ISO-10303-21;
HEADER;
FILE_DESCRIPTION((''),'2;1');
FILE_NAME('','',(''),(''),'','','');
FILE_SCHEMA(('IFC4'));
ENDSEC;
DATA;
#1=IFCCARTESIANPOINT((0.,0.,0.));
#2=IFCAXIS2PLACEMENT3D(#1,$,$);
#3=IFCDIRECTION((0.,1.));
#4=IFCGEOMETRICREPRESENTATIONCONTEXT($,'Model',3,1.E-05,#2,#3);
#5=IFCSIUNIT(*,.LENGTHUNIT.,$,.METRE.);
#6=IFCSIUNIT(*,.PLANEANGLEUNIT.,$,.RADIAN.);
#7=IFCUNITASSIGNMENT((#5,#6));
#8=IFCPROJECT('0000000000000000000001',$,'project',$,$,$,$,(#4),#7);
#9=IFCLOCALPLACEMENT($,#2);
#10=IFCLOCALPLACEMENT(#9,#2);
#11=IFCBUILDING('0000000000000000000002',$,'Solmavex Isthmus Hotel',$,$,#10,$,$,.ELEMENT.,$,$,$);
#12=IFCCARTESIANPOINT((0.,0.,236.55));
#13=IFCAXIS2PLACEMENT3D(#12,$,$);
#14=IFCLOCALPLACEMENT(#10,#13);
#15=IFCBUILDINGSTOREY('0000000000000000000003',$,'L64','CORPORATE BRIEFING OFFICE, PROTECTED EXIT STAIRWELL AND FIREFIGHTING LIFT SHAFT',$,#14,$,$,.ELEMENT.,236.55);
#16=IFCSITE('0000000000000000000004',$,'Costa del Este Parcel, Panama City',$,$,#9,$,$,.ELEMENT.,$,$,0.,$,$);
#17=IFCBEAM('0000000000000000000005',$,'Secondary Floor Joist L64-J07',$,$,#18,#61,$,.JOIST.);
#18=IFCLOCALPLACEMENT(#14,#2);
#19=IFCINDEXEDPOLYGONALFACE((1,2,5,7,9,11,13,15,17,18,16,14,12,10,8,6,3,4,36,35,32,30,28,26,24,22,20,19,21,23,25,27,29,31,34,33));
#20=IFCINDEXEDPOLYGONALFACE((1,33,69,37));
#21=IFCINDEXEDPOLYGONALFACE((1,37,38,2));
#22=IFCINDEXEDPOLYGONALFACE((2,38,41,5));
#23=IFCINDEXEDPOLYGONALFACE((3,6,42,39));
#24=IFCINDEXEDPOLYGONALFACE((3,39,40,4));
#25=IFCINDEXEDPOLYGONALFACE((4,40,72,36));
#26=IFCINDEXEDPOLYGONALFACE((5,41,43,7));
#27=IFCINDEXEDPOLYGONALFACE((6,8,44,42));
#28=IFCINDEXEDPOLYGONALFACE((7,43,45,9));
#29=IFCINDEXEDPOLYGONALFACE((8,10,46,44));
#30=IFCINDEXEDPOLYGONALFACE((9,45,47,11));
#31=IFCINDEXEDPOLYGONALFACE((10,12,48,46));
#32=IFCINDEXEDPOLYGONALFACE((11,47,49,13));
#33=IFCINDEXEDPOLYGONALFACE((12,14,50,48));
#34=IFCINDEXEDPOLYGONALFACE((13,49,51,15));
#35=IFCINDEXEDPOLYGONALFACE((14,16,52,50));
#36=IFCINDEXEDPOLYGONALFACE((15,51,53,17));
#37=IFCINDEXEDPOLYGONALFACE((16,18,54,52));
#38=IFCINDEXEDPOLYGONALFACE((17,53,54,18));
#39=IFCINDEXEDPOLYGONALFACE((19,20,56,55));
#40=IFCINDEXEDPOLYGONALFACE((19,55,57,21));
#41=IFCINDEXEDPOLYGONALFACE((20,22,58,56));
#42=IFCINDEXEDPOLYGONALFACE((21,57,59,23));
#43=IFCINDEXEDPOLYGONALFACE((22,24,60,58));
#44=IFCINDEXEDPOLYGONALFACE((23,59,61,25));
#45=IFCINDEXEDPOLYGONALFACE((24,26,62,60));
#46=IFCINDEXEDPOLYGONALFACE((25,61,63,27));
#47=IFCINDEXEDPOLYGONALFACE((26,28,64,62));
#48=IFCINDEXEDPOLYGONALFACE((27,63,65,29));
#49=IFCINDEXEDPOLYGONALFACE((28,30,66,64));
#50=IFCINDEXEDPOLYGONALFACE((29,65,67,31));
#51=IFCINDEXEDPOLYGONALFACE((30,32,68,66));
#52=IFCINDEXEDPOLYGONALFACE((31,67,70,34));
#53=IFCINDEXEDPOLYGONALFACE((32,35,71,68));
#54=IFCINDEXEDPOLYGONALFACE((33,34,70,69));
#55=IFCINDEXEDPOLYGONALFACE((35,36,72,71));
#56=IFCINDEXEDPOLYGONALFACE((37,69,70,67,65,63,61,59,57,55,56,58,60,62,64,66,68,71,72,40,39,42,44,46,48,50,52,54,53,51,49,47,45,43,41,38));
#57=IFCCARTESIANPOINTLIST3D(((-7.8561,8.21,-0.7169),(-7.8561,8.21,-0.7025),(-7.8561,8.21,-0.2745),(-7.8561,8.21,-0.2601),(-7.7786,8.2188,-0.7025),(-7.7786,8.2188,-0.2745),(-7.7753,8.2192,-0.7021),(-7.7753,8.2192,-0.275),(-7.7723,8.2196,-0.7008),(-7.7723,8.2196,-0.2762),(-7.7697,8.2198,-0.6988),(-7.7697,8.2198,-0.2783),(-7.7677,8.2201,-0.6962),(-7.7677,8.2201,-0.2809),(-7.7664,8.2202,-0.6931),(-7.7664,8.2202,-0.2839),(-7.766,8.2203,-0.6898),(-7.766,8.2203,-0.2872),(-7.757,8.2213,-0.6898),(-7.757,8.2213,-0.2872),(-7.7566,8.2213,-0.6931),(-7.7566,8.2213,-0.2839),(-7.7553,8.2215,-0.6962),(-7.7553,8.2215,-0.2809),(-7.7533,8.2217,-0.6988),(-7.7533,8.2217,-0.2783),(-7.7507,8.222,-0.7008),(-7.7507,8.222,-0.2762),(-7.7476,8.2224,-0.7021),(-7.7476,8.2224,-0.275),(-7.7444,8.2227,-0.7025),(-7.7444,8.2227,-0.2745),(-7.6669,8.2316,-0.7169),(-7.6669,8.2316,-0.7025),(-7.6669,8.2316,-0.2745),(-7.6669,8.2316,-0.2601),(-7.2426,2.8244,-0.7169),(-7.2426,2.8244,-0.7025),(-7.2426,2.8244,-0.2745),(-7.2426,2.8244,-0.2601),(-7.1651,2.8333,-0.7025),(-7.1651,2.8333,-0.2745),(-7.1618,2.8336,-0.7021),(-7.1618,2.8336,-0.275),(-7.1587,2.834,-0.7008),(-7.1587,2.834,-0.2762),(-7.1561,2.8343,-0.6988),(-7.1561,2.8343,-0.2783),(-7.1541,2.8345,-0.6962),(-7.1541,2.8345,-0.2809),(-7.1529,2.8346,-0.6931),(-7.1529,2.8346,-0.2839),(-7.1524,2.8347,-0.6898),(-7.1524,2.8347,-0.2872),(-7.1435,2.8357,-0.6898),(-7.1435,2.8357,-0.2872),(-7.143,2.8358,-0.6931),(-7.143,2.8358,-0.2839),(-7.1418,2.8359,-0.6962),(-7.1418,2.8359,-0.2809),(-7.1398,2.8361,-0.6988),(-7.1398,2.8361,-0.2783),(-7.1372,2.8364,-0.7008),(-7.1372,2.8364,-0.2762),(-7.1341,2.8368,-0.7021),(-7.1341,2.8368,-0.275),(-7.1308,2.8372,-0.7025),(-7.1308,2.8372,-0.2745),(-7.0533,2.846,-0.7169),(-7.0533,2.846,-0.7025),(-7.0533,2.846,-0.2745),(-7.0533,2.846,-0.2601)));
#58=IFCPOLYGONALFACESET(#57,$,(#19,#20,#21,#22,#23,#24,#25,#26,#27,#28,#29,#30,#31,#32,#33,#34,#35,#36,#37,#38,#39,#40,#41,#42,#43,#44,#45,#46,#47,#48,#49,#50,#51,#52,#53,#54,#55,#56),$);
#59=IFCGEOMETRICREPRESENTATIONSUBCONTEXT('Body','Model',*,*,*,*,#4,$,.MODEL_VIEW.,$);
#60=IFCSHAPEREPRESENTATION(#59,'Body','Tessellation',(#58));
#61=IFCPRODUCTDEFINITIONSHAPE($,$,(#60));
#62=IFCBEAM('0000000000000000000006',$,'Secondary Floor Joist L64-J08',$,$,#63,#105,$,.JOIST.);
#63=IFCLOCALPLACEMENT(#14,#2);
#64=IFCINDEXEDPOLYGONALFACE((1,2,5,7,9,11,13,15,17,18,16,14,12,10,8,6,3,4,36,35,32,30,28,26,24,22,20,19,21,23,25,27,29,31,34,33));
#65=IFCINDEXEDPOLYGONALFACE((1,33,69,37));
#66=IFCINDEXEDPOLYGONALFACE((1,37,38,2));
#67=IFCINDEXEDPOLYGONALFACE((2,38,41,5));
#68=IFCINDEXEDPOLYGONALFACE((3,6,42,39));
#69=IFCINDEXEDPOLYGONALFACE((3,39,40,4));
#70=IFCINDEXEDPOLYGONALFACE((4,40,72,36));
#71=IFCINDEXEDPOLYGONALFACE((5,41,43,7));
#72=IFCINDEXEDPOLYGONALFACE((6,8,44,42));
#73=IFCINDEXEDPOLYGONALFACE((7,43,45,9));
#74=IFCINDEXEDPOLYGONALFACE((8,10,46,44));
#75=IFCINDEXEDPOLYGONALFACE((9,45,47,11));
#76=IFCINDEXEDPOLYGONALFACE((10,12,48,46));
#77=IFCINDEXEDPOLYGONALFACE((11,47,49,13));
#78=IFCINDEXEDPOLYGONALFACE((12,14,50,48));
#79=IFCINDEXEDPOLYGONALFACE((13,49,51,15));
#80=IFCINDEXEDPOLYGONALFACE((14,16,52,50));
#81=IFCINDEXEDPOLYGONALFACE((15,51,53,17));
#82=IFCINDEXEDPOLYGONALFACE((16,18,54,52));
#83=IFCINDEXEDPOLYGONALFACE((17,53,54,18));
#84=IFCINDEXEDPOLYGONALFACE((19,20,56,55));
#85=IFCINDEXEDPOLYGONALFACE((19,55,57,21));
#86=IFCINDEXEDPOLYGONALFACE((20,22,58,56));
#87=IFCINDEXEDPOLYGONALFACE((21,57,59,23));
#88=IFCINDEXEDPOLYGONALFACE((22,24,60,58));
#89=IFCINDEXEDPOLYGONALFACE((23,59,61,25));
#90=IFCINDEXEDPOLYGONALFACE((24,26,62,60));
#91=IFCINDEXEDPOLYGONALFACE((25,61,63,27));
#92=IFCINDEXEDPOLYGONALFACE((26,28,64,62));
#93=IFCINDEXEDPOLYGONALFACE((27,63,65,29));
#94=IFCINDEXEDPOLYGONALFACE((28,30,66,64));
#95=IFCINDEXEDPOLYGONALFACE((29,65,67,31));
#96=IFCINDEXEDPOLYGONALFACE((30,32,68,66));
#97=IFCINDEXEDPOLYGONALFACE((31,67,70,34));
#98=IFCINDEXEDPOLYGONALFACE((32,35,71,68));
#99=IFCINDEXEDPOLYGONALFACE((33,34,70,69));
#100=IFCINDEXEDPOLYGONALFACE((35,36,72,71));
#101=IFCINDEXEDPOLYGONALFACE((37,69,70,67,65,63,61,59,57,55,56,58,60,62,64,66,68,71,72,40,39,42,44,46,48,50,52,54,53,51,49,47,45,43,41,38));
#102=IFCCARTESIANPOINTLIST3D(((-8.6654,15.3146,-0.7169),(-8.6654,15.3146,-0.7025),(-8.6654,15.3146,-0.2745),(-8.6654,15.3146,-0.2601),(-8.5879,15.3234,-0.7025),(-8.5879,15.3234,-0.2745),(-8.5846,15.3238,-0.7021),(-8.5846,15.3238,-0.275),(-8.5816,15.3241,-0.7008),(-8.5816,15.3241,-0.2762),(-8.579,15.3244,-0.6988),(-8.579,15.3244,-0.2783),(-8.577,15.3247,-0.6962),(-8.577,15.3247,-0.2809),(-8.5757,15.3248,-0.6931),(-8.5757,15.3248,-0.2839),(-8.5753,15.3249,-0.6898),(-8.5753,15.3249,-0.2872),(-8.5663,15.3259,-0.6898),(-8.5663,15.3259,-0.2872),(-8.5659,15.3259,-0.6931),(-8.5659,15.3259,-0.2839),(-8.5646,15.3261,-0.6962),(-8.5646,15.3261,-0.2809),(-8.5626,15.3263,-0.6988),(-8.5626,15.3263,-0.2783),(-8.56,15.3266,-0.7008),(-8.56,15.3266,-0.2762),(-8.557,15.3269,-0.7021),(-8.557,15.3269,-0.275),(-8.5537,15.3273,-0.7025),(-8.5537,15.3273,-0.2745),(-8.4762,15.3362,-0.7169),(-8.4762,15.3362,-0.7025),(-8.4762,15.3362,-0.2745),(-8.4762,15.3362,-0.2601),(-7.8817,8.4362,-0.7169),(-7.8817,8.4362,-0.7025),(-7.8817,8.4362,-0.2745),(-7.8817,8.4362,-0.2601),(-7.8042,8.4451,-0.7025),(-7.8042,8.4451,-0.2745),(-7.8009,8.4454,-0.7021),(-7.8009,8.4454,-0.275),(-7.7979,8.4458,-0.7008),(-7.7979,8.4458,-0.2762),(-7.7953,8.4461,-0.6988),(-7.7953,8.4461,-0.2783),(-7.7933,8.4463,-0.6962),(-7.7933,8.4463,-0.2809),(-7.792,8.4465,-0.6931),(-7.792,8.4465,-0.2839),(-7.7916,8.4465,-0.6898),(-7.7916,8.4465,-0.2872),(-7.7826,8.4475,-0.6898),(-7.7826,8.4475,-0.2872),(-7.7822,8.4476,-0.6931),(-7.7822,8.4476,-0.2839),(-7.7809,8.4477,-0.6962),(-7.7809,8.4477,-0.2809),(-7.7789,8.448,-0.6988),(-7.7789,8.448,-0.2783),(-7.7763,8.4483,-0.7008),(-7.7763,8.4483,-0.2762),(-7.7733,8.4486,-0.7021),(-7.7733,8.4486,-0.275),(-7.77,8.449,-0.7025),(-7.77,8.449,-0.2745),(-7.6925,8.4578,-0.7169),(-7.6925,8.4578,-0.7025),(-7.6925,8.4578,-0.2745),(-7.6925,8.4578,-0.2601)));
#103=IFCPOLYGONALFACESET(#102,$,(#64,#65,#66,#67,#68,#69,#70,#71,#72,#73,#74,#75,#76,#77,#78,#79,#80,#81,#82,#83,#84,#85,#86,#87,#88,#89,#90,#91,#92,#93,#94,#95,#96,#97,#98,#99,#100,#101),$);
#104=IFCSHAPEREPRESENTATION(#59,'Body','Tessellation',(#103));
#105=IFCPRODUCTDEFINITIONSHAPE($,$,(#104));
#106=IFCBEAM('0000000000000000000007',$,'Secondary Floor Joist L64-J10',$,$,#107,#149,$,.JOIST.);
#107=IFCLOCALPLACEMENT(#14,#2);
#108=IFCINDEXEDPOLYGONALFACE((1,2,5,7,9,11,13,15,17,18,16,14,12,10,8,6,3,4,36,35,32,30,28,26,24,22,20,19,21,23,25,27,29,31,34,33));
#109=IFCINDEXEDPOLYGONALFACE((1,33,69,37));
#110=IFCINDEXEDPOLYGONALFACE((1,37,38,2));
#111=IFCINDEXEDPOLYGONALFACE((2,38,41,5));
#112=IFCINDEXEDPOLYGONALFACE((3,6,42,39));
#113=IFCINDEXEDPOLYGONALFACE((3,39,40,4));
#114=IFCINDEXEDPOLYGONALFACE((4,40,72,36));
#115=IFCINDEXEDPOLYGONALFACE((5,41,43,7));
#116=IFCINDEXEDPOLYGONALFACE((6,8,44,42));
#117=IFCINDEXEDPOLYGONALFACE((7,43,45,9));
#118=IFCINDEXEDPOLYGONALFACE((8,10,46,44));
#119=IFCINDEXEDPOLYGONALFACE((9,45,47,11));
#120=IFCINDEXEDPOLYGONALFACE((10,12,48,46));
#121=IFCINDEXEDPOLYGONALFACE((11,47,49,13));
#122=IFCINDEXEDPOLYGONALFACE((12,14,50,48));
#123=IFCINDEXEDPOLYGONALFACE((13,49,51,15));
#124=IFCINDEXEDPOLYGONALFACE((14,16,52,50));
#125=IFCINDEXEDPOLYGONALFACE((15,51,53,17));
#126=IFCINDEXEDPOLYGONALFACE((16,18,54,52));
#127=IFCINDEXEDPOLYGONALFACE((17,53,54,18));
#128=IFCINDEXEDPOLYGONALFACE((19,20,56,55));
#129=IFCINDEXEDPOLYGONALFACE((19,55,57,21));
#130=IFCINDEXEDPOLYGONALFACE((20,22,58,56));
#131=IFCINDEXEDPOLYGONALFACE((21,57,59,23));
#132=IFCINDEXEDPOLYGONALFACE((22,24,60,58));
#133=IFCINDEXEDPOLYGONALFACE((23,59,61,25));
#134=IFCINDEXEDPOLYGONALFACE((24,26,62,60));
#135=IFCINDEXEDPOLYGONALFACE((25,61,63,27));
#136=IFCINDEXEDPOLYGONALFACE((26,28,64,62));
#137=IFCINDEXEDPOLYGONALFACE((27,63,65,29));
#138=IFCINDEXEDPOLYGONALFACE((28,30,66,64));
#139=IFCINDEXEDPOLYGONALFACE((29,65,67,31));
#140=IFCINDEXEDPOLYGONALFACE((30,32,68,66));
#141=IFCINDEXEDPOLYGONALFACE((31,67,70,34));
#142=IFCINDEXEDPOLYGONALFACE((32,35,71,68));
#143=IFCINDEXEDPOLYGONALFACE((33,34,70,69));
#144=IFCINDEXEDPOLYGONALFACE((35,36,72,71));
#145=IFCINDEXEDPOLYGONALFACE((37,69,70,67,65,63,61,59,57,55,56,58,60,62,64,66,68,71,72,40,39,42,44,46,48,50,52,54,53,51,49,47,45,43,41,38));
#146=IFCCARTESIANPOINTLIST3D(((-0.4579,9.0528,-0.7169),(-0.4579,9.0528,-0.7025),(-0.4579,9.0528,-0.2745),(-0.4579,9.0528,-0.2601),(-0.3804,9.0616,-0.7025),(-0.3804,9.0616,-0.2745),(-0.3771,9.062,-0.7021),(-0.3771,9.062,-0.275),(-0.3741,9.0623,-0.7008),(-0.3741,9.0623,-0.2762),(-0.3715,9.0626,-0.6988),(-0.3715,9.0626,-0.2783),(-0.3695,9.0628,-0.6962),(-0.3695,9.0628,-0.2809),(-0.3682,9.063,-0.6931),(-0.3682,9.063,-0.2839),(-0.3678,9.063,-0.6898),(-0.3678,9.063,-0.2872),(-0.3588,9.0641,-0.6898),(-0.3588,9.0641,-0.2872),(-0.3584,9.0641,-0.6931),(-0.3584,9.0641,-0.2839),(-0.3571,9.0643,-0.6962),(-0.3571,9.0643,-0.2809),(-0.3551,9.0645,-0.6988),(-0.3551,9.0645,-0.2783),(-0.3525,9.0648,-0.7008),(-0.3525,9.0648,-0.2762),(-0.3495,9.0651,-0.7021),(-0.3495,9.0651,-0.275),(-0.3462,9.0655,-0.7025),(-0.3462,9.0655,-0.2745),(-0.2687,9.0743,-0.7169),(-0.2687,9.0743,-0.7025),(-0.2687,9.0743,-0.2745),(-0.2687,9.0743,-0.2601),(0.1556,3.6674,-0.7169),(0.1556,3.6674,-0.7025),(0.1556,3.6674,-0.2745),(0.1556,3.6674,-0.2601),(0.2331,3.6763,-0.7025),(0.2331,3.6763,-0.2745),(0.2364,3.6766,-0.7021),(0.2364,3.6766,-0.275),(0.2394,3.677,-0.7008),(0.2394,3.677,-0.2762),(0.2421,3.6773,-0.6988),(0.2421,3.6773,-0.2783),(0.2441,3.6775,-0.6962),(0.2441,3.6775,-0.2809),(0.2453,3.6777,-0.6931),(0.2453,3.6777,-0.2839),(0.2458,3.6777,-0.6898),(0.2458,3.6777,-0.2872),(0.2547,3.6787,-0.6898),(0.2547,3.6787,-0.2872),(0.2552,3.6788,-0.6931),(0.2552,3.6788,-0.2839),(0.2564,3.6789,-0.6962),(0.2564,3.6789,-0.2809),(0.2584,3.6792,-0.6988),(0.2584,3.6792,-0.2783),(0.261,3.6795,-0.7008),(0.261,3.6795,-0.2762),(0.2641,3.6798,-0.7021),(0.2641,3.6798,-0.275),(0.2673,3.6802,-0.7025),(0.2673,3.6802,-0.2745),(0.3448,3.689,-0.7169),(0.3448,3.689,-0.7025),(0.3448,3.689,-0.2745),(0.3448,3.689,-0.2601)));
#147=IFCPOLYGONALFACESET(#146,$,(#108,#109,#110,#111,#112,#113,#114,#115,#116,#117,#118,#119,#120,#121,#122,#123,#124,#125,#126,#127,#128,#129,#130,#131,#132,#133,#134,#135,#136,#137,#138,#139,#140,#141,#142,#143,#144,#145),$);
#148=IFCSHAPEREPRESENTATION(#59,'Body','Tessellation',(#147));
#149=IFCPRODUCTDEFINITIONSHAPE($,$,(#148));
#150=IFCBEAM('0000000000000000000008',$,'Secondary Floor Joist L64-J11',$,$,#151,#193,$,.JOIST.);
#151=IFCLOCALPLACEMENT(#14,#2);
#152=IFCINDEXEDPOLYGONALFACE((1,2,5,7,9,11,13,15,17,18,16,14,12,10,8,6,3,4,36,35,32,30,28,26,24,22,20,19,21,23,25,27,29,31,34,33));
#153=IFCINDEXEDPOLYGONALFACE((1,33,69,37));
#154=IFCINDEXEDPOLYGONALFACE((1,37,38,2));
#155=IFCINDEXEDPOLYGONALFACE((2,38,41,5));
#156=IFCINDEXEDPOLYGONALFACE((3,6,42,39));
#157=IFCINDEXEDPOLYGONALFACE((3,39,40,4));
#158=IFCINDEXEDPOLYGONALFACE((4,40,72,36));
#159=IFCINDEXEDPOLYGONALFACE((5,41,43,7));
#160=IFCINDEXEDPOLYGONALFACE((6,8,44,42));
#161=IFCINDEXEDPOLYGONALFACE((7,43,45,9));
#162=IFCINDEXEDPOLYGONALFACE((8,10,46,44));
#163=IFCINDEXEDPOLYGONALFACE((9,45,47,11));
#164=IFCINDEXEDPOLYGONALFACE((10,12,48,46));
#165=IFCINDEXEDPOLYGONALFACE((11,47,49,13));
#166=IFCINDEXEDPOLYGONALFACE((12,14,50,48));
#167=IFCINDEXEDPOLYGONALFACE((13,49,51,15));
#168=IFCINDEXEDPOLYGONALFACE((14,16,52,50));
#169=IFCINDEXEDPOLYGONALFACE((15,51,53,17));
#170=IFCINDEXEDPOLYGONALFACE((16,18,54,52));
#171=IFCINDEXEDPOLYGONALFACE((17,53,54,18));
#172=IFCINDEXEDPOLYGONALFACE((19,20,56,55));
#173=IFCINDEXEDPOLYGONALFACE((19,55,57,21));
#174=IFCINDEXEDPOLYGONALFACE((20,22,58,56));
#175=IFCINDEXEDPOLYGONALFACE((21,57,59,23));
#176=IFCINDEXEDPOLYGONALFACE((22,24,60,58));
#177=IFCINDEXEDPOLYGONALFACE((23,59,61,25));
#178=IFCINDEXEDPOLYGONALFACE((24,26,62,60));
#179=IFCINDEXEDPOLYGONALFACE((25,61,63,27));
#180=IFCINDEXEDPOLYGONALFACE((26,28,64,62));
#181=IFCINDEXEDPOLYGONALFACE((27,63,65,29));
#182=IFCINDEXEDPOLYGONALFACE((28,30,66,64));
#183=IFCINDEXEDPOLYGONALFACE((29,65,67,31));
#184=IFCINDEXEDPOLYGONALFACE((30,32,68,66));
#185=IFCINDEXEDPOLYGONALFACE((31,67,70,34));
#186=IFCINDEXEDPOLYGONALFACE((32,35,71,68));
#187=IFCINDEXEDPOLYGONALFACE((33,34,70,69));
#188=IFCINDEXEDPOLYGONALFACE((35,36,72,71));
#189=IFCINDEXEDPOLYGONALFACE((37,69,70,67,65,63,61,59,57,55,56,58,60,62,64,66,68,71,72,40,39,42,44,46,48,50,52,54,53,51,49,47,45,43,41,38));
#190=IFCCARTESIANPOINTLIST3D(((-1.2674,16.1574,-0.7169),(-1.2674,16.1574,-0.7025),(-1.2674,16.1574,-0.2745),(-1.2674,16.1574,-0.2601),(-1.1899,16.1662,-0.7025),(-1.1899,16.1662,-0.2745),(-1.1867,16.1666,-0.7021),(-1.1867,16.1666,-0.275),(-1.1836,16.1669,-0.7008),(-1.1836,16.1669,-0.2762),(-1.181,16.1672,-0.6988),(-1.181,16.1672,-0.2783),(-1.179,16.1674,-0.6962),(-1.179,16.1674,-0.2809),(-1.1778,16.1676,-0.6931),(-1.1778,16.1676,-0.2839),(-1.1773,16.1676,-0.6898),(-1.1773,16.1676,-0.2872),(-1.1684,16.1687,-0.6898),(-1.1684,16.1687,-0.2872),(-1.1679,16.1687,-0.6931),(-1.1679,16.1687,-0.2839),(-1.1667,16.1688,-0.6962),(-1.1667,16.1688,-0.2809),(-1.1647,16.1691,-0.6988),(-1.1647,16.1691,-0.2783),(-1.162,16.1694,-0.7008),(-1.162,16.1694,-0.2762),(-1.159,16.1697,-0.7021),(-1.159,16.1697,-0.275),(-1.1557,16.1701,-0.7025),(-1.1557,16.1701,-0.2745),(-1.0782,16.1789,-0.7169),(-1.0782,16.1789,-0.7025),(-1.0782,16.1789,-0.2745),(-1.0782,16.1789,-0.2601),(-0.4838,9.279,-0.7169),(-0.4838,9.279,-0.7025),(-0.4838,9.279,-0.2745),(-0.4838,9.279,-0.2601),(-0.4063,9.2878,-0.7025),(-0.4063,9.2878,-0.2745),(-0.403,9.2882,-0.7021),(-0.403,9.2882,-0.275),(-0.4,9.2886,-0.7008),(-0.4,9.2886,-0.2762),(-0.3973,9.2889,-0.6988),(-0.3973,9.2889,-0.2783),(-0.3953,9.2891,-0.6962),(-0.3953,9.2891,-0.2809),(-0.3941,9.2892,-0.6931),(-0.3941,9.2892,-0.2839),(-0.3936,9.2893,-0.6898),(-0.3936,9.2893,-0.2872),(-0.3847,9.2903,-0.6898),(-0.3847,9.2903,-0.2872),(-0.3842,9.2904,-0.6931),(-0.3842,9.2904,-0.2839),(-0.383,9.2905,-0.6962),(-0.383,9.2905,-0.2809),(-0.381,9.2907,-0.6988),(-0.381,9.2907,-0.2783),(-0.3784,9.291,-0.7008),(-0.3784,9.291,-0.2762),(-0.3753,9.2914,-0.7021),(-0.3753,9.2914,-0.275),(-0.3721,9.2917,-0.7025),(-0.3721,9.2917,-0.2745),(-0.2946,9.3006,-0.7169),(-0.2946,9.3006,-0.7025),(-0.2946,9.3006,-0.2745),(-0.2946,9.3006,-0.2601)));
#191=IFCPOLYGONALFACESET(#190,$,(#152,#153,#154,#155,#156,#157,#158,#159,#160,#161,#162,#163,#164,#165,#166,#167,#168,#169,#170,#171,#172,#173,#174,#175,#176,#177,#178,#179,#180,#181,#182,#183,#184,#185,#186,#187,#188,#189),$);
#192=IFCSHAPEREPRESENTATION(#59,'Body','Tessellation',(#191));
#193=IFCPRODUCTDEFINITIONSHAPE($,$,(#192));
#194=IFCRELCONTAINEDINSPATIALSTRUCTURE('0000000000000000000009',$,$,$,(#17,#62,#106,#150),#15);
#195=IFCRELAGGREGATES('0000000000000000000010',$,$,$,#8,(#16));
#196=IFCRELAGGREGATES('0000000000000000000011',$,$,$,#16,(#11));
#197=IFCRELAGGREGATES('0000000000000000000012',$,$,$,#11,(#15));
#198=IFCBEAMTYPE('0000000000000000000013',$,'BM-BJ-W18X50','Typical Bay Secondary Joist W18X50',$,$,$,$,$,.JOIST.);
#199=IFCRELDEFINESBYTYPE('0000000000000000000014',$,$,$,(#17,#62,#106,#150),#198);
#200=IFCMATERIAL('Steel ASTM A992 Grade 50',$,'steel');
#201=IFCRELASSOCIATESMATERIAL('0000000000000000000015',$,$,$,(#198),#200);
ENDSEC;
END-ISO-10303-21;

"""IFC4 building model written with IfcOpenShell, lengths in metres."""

from ifc_helpers import new_model, si_unit, direction, frame, origin, origin_2d, place, context, subcontext, project, spatial, i_section, extrude, material, material_profile, profile_set, type_object, element, save


model = new_model("IFC4")

# Units and contexts
model_context = context("Model", 3, precision=1e-05, world=origin(), true_north=direction((0.0, 1.0)))
body_context = subcontext(model_context, "Body", "Model", "MODEL_VIEW")
ifc_project = project(units=[si_unit("LENGTHUNIT", "METRE"), si_unit("PLANEANGLEUNIT", "RADIAN")], contexts=[model_context])

# Site, building, storey
site_placement = place(None, origin())
site = spatial("IfcSite", under=ifc_project, at=site_placement, Name="Costa del Este Parcel, Panama City", CompositionType="ELEMENT", RefElevation=0.0)
building_placement = place(site_placement, origin())
building = spatial("IfcBuilding", under=site, at=building_placement, Name="Solmavex Isthmus Hotel", CompositionType="ELEMENT")
storey_placement = place(building_placement, frame((0.0, 0.0, 236.55)))
storey = spatial("IfcBuildingStorey", under=building, at=storey_placement, Name="L64", Description="CORPORATE BRIEFING OFFICE, PROTECTED EXIT STAIRWELL AND FIREFIGHTING LIFT SHAFT", CompositionType="ELEMENT", Elevation=236.55)

# Beams
ifc_material_1 = material(Name="Steel ASTM A992 Grade 50", Category="steel")
ifc_material_profile_1 = material_profile(ifc_material_1, i_section(OverallWidth=0.1904, OverallDepth=0.4568, WebThickness=0.009, FlangeThickness=0.0144, FilletRadius=0.0127, at=origin_2d()), Name="W18X50")
ifc_profile_set_1 = profile_set([ifc_material_profile_1], Name="Steel ASTM A992 Grade 50")
beam_type_1 = type_object("IfcBeamType", Name="BM-BJ-W18X50", Description="Typical Bay Secondary Joist W18X50", PredefinedType="JOIST", material=ifc_profile_set_1)
beam_1_placement = place(storey_placement, frame((-7.1479, 2.8352, -0.4885), z_axis=(-0.11319, 0.993573, 0.0), x_axis=(-0.993573, -0.11319, 0.0)))
element("IfcBeam", 1, at=beam_1_placement, inside=storey, type_object=beam_type_1, Name="Secondary Floor Joist L64-J07", PredefinedType="JOIST", context=body_context, shape_type="SweptSolid", body=[
    extrude(i_section(OverallWidth=0.1904, OverallDepth=0.4568, WebThickness=0.009, FlangeThickness=0.0144, FilletRadius=0.0127, at=origin_2d()), origin(), (0.0, 0.0, 1.0), 5.4204),
])
beam_2_placement = place(storey_placement, frame((-7.7871, 8.447, -0.4885), z_axis=(-0.113202, 0.993572, 0.0), x_axis=(-0.993572, -0.113202, 0.0)))
element("IfcBeam", 2, at=beam_2_placement, inside=storey, type_object=beam_type_1, Name="Secondary Floor Joist L64-J08", PredefinedType="JOIST", context=body_context, shape_type="SweptSolid", body=[
    extrude(i_section(OverallWidth=0.1904, OverallDepth=0.4568, WebThickness=0.009, FlangeThickness=0.0144, FilletRadius=0.0127, at=origin_2d()), origin(), (0.0, 0.0, 1.0), 6.9229),
])
beam_3_placement = place(storey_placement, frame((0.2502, 3.6782, -0.4885), z_axis=(-0.113195, 0.993573, 0.0), x_axis=(-0.993573, -0.113195, 0.0)))
element("IfcBeam", 3, at=beam_3_placement, inside=storey, type_object=beam_type_1, Name="Secondary Floor Joist L64-J10", PredefinedType="JOIST", context=body_context, shape_type="SweptSolid", body=[
    extrude(i_section(OverallWidth=0.1904, OverallDepth=0.4568, WebThickness=0.009, FlangeThickness=0.0144, FilletRadius=0.0127, at=origin_2d()), origin(), (0.0, 0.0, 1.0), 5.4202),
])
beam_4_placement = place(storey_placement, frame((-0.3892, 9.2898, -0.4885), z_axis=(-0.113202, 0.993572, 0.0), x_axis=(-0.993572, -0.113202, 0.0)))
element("IfcBeam", 4, at=beam_4_placement, inside=storey, type_object=beam_type_1, Name="Secondary Floor Joist L64-J11", PredefinedType="JOIST", context=body_context, shape_type="SweptSolid", body=[
    extrude(i_section(OverallWidth=0.1904, OverallDepth=0.4568, WebThickness=0.009, FlangeThickness=0.0144, FilletRadius=0.0127, at=origin_2d()), origin(), (0.0, 0.0, 1.0), 6.9229),
])

save(model, "model.ifc")
